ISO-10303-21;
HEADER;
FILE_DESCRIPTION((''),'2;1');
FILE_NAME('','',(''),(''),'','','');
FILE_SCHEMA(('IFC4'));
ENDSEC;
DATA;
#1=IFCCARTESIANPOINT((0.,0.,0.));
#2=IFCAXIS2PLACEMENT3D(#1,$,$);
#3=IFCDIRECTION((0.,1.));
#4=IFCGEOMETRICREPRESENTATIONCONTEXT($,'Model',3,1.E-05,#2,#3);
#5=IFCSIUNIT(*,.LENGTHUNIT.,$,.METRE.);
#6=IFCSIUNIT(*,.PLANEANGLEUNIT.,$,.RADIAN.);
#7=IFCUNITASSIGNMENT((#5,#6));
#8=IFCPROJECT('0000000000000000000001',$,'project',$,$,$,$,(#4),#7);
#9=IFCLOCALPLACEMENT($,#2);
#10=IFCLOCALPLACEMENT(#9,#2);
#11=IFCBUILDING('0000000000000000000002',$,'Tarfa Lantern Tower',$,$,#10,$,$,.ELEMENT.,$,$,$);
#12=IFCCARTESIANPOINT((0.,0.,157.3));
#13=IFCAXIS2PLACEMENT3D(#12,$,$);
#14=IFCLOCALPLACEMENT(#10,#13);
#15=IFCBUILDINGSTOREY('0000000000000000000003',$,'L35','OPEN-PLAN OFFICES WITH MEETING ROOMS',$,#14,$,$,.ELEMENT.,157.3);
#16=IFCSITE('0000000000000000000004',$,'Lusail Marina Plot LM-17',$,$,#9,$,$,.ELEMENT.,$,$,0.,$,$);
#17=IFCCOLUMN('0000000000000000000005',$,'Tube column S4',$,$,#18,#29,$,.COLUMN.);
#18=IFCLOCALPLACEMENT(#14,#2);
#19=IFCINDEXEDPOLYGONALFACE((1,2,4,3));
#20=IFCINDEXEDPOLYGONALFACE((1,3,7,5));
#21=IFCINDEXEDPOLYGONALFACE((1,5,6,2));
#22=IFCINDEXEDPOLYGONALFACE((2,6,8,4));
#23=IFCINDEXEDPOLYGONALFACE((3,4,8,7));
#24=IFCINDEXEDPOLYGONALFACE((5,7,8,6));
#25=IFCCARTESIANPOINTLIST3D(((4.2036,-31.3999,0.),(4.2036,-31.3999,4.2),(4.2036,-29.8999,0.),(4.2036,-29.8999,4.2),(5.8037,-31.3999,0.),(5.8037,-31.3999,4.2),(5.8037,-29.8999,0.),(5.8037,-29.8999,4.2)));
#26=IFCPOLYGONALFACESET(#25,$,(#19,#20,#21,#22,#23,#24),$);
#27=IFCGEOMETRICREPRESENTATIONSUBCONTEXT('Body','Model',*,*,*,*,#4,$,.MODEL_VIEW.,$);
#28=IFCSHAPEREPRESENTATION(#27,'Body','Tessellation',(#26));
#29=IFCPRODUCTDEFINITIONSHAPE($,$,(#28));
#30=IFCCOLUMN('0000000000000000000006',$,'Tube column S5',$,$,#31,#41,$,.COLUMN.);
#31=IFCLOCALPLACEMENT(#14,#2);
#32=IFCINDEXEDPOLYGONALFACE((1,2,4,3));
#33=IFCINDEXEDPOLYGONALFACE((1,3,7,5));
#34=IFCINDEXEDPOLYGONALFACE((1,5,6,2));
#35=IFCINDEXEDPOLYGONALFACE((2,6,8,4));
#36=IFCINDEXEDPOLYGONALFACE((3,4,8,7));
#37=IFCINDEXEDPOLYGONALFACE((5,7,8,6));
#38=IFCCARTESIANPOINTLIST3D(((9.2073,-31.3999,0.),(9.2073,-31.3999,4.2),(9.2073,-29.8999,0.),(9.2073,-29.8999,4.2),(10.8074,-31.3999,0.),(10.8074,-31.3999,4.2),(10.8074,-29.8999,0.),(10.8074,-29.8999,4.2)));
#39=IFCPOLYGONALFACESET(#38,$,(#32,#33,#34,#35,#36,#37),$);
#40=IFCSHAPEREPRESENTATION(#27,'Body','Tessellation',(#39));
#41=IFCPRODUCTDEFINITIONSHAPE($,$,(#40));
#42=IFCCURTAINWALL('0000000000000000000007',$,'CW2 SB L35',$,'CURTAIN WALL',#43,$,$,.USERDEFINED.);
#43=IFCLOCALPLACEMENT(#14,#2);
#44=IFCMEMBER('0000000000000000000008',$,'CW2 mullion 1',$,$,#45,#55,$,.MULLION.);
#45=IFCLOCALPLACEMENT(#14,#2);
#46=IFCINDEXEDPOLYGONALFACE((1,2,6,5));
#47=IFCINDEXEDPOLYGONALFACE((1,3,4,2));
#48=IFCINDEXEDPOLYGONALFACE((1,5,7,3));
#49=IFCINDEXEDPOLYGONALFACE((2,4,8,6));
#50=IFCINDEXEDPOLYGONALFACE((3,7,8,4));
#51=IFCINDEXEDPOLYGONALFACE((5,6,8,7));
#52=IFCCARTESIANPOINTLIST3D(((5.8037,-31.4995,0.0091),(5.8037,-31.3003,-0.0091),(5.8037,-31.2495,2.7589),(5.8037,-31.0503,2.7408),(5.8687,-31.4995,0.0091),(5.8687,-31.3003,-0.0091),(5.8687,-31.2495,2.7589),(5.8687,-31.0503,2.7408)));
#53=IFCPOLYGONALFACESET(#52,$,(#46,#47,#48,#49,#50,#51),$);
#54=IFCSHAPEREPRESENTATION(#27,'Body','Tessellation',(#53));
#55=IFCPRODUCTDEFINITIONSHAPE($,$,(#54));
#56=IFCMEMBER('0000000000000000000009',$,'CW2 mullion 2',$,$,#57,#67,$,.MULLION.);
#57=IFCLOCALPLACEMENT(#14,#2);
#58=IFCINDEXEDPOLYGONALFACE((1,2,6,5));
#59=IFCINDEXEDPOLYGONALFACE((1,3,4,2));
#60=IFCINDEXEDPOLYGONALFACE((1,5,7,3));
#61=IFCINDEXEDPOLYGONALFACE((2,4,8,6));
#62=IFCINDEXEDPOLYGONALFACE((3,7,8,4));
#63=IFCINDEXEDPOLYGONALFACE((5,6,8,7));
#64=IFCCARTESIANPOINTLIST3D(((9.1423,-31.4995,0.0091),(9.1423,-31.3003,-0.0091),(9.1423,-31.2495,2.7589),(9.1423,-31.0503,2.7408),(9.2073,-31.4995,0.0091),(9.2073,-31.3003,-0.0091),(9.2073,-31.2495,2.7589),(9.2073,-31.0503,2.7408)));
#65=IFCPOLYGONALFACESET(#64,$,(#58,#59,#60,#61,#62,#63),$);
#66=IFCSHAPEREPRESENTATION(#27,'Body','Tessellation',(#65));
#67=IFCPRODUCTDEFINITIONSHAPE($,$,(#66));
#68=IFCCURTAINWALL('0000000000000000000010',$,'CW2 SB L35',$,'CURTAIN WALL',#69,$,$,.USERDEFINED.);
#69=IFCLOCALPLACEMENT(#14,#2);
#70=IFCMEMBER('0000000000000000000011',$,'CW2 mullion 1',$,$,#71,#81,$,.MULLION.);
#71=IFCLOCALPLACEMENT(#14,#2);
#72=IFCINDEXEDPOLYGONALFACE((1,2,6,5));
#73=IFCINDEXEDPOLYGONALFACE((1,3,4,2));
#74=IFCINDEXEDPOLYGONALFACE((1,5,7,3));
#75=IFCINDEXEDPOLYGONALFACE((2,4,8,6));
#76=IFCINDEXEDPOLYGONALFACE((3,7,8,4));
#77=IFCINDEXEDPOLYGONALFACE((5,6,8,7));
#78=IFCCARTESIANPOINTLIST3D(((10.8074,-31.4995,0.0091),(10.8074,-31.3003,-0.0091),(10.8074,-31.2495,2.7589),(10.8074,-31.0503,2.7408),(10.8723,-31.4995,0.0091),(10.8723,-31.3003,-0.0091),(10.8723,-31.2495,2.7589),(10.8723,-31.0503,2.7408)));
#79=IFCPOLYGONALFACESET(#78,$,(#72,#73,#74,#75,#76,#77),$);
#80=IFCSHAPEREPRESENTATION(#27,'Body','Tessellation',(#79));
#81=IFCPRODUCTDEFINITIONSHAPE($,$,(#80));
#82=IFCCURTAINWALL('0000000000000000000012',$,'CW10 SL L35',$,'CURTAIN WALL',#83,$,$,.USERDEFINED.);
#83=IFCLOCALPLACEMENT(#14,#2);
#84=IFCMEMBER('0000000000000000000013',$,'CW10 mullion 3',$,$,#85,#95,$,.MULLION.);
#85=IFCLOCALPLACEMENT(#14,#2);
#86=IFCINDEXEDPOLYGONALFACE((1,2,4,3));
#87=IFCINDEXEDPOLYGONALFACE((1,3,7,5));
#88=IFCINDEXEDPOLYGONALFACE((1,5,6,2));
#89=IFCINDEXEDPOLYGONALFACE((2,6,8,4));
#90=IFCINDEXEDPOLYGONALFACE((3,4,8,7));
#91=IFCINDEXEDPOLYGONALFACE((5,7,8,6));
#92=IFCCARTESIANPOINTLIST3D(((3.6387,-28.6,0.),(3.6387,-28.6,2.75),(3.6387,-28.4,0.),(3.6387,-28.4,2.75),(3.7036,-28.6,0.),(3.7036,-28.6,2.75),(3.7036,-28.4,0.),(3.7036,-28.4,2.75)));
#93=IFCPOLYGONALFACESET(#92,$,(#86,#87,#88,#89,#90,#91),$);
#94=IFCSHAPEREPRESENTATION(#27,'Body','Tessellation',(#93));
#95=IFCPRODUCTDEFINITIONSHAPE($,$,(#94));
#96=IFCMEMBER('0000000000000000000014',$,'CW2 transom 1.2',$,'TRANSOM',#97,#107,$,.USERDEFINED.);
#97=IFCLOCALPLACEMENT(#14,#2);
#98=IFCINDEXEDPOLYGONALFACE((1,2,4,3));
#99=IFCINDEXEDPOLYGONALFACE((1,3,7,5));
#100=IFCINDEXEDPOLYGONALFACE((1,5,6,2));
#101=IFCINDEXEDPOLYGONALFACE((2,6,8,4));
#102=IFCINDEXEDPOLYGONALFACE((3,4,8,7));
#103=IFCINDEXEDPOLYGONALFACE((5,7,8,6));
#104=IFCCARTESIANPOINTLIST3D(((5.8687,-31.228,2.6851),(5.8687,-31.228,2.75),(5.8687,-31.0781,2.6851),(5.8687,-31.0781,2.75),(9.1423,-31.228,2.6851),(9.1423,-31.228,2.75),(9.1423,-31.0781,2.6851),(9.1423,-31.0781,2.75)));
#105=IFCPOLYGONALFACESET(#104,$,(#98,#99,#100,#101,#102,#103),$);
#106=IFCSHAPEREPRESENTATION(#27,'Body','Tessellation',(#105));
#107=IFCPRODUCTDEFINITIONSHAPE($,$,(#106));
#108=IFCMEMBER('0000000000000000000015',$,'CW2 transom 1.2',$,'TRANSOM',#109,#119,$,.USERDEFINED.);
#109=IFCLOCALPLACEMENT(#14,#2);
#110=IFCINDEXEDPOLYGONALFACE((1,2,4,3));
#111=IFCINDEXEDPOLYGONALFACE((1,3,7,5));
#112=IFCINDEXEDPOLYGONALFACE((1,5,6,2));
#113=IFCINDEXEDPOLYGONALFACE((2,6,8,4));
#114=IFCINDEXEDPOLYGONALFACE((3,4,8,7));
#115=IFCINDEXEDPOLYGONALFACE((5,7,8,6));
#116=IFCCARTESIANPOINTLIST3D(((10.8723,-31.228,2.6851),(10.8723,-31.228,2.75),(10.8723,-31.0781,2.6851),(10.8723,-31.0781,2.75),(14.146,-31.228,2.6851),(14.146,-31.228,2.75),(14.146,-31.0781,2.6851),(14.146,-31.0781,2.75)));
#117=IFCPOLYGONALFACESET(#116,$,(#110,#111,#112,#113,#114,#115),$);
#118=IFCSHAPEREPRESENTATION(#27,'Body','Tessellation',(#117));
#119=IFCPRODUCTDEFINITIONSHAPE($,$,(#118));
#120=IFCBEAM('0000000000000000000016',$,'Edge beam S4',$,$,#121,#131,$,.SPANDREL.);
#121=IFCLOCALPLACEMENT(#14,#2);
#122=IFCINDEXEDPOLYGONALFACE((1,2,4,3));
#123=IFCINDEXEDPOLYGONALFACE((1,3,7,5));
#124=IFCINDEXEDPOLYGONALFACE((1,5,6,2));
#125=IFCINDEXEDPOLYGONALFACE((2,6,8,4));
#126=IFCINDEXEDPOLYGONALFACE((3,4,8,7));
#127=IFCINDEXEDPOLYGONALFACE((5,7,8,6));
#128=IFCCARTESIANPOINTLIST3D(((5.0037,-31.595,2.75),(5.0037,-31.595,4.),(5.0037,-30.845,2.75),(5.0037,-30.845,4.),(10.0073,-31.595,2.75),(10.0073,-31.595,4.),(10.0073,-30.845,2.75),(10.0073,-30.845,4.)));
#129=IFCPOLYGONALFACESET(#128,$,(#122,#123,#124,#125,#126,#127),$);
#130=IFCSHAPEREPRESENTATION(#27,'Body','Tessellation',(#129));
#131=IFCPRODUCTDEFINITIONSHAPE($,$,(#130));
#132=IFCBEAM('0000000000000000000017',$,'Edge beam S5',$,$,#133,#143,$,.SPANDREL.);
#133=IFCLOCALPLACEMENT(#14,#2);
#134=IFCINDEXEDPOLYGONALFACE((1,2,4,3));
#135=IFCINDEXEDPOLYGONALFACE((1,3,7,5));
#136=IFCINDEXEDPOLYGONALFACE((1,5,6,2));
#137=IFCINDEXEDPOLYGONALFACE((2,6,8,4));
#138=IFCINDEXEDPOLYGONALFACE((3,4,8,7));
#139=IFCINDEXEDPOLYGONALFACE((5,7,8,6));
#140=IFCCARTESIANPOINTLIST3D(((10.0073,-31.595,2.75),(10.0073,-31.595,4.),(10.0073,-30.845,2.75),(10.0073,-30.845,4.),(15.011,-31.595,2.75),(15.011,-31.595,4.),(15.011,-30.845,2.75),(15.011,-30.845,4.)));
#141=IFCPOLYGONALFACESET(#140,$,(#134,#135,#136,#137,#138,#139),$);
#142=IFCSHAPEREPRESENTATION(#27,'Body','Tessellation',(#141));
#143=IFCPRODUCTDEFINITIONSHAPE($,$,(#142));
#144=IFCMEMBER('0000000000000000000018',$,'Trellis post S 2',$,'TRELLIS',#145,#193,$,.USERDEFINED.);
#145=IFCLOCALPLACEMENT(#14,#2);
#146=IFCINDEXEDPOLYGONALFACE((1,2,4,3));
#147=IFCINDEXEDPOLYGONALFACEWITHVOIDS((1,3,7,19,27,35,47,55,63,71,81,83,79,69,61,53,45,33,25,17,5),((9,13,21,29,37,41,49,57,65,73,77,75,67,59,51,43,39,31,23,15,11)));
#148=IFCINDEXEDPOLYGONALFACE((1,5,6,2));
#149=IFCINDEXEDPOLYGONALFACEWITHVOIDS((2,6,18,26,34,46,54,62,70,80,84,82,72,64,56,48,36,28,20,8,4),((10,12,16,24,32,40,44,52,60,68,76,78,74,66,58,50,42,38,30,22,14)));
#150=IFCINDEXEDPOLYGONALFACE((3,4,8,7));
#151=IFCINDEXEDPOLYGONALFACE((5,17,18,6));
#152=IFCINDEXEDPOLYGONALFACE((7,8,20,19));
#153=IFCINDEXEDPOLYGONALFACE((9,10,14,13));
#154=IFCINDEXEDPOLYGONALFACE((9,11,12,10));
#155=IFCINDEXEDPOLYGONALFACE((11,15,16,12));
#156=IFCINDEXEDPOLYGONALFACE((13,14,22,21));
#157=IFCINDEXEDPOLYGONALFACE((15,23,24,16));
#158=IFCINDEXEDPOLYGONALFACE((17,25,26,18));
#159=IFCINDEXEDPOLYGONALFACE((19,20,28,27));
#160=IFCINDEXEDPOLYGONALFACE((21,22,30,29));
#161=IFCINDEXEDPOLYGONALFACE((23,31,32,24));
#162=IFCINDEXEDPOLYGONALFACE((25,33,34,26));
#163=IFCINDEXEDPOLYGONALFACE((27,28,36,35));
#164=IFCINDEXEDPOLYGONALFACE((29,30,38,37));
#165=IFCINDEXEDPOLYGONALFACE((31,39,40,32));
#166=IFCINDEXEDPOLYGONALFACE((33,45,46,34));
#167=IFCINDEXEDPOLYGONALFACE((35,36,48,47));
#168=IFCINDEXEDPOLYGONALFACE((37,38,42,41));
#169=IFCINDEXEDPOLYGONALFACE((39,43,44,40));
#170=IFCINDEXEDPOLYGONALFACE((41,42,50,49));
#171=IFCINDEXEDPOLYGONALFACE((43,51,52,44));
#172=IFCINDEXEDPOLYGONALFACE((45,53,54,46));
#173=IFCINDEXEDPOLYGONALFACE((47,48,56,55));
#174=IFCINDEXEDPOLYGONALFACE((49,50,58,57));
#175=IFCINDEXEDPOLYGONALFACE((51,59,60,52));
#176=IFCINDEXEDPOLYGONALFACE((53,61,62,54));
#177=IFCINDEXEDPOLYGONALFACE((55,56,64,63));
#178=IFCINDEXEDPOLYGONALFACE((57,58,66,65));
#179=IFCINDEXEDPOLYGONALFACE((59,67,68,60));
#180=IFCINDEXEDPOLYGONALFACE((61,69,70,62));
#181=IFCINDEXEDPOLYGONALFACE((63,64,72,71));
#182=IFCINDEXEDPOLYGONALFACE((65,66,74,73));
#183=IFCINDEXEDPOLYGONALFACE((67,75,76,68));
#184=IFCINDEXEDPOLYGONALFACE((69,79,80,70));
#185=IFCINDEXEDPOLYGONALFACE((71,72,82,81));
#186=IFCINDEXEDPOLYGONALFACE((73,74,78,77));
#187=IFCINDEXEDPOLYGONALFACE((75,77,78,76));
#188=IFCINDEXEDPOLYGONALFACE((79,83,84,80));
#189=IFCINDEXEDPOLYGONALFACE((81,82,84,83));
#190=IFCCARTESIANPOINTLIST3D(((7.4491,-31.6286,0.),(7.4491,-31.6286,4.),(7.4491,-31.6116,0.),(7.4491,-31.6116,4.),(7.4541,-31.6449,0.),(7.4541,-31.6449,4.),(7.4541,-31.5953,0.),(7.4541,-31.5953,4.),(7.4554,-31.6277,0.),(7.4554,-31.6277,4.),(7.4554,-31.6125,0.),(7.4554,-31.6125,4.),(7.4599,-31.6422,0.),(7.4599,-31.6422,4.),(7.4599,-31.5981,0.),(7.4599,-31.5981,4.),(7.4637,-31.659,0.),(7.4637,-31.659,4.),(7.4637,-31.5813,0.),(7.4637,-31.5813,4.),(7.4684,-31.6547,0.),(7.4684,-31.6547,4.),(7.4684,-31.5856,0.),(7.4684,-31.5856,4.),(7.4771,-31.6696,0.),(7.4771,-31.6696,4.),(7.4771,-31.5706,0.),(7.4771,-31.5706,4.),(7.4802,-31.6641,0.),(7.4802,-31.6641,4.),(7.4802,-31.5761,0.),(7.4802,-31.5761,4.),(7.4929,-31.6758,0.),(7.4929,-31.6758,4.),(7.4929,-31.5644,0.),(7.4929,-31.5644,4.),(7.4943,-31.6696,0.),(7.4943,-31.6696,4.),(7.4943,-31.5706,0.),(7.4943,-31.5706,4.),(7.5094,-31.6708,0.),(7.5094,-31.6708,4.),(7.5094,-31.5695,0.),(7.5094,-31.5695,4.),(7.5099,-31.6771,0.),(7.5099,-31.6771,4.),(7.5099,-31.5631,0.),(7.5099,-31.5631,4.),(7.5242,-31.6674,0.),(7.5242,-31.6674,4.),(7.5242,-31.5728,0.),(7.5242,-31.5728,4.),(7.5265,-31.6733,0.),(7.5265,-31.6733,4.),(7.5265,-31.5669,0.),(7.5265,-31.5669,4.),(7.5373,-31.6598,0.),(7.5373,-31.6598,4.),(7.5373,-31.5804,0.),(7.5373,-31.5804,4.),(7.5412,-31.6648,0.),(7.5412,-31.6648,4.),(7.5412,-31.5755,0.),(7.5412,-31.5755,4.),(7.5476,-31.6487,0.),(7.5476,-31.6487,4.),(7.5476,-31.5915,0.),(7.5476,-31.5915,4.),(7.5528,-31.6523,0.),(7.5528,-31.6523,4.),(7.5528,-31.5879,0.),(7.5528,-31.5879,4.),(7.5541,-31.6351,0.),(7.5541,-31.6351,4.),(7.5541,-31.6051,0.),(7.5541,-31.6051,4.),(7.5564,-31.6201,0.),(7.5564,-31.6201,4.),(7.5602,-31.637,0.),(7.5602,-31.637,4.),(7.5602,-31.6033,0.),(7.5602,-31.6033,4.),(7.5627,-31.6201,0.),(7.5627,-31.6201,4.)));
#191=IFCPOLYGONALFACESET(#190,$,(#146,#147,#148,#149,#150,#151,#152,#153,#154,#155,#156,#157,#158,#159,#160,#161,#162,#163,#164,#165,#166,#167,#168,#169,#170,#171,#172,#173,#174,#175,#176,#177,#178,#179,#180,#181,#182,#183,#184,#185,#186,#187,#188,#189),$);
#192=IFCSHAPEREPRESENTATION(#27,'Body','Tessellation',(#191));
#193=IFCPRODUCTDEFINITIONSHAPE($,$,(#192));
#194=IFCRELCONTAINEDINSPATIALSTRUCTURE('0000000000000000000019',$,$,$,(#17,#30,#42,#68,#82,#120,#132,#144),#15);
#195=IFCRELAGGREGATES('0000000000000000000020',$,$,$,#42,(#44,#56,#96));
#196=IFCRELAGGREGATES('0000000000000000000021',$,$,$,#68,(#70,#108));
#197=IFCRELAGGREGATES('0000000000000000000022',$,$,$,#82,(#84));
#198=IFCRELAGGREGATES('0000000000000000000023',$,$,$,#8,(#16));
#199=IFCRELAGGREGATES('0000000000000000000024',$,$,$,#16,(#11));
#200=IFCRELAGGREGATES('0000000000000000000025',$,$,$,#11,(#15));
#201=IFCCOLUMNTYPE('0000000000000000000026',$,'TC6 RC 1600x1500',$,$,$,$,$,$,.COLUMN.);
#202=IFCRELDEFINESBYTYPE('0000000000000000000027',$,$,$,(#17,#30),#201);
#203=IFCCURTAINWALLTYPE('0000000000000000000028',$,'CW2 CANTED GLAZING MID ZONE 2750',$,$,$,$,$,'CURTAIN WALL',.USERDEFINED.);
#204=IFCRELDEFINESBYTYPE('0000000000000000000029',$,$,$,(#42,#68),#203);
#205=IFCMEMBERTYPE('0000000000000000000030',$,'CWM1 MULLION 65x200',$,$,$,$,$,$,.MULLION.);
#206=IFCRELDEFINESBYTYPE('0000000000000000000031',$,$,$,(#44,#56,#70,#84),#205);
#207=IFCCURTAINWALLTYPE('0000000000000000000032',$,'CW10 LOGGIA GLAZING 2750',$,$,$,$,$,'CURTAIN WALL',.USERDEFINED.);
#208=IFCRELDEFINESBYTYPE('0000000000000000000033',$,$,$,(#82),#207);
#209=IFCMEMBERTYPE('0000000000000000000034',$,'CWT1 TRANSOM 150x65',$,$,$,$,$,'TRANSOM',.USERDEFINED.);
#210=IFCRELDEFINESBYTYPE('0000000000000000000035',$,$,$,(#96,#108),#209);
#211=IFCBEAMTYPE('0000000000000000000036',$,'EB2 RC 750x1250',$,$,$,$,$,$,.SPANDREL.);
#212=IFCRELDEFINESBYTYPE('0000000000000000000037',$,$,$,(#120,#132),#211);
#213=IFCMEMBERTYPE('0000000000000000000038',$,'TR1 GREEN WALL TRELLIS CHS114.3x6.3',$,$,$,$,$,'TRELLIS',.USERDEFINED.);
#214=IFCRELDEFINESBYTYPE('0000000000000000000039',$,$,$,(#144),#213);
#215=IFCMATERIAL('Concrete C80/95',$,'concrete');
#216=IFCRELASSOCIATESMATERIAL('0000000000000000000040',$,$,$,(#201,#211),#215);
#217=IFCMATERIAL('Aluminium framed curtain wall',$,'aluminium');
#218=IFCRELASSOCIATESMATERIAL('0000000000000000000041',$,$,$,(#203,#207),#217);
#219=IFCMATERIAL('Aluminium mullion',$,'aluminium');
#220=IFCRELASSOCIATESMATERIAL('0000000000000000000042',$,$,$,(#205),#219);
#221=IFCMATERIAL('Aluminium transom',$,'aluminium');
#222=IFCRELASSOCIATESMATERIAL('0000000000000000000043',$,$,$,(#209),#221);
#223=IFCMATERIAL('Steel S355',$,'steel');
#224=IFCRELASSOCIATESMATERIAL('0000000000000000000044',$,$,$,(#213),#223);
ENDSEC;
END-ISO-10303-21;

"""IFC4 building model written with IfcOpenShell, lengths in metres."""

from ifc_helpers import new_model, si_unit, direction, frame, origin, origin_2d, place, context, subcontext, project, spatial, rectangle, hollow_circle, extrude, material, material_profile, profile_set, type_object, element, aggregate, save


model = new_model("IFC4")

# Units and contexts
model_context = context("Model", 3, precision=1e-05, world=origin(), true_north=direction((0.0, 1.0)))
body_context = subcontext(model_context, "Body", "Model", "MODEL_VIEW")
ifc_project = project(units=[si_unit("LENGTHUNIT", "METRE"), si_unit("PLANEANGLEUNIT", "RADIAN")], contexts=[model_context])

# Site, building, storey
site_placement = place(None, origin())
site = spatial("IfcSite", under=ifc_project, at=site_placement, Name="Lusail Marina Plot LM-17", CompositionType="ELEMENT", RefElevation=0.0)
building_placement = place(site_placement, origin())
building = spatial("IfcBuilding", under=site, at=building_placement, Name="Tarfa Lantern Tower", CompositionType="ELEMENT")
storey_placement = place(building_placement, frame((0.0, 0.0, 157.3)))
storey = spatial("IfcBuildingStorey", under=building, at=storey_placement, Name="L35", Description="OPEN-PLAN OFFICES WITH MEETING ROOMS", CompositionType="ELEMENT", Elevation=157.3)

# Columns
ifc_material_1 = material(Name="Concrete C80/95", Category="concrete")
ifc_material_profile_1 = material_profile(ifc_material_1, rectangle(XDim=1.6001, YDim=1.5, at=origin_2d()), Name="RC 1600x1500")
ifc_profile_set_1 = profile_set([ifc_material_profile_1], Name="Concrete C80/95")
column_type = type_object("IfcColumnType", Name="TC6 RC 1600x1500", PredefinedType="COLUMN", material=ifc_profile_set_1)
for number, where, z_axis, x_axis, name in (
    (1, (5.0037, -30.6499, 0.0), (0.0, 0.0, 1.0), (1.0, 0.0, 0.0), "Tube column S4"),
    (2, (10.0073, -30.6499, 0.0), (0.0, 0.0, 1.0), (1.0, 0.0, 0.0), "Tube column S5"),
):
    element("IfcColumn", number, at=place(storey_placement, frame(where, z_axis=z_axis, x_axis=x_axis)), inside=storey, type_object=column_type, Name=name, PredefinedType="COLUMN", context=body_context, shape_type="SweptSolid", body=[
        extrude(rectangle(XDim=1.6001, YDim=1.5, at=origin_2d()), origin(), (0.0, 0.0, 1.0), 4.2),
    ])

# Curtain wall, members
ifc_material_2 = material(Name="Aluminium framed curtain wall", Category="aluminium")
curtain_wall_type_1 = type_object("IfcCurtainWallType", Name="CW2 CANTED GLAZING MID ZONE 2750", ElementType="CURTAIN WALL", PredefinedType="USERDEFINED", material=ifc_material_2)
curtain_wall_1_placement = place(storey_placement, origin())
curtain_wall_1 = element("IfcCurtainWall", 3, at=curtain_wall_1_placement, inside=storey, type_object=curtain_wall_type_1, Name="CW2 SB L35", ObjectType="CURTAIN WALL", PredefinedType="USERDEFINED")
ifc_material_3 = material(Name="Aluminium mullion", Category="aluminium")
ifc_material_profile_2 = material_profile(ifc_material_3, rectangle(XDim=0.0649, YDim=0.2, at=origin_2d()), Name="AL MULLION 65x200")
ifc_profile_set_2 = profile_set([ifc_material_profile_2], Name="Aluminium mullion")
member_type_1 = type_object("IfcMemberType", Name="CWM1 MULLION 65x200", PredefinedType="MULLION", material=ifc_profile_set_2)
member_1_placement = place(storey_placement, frame((5.8362, -31.3999, 0.0), z_axis=(0.0, 0.090536, 0.995893), x_axis=(-1.0, 0.0, 0.0)))
member_1 = element("IfcMember", 4, at=member_1_placement, type_object=member_type_1, Name="CW2 mullion 1", PredefinedType="MULLION", context=body_context, shape_type="SweptSolid", body=[
    extrude(rectangle(XDim=0.0649, YDim=0.2, at=origin_2d()), origin(), (0.0, 0.0, 1.0), 2.7612),
])
member_2_placement = place(storey_placement, frame((9.1748, -31.3999, 0.0), z_axis=(0.0, 0.090536, 0.995893), x_axis=(-1.0, 0.0, 0.0)))
member_2 = element("IfcMember", 5, at=member_2_placement, type_object=member_type_1, Name="CW2 mullion 2", PredefinedType="MULLION", context=body_context, shape_type="SweptSolid", body=[
    extrude(rectangle(XDim=0.0649, YDim=0.2, at=origin_2d()), origin(), (0.0, 0.0, 1.0), 2.7612),
])

# Curtain walls, members
curtain_wall_2_placement = place(storey_placement, origin())
curtain_wall_2 = element("IfcCurtainWall", 6, at=curtain_wall_2_placement, inside=storey, type_object=curtain_wall_type_1, Name="CW2 SB L35", ObjectType="CURTAIN WALL", PredefinedType="USERDEFINED")
member_3_placement = place(storey_placement, frame((10.8398, -31.3999, 0.0), z_axis=(0.0, 0.090536, 0.995893), x_axis=(-1.0, 0.0, 0.0)))
member_3 = element("IfcMember", 7, at=member_3_placement, type_object=member_type_1, Name="CW2 mullion 1", PredefinedType="MULLION", context=body_context, shape_type="SweptSolid", body=[
    extrude(rectangle(XDim=0.0649, YDim=0.2, at=origin_2d()), origin(), (0.0, 0.0, 1.0), 2.7612),
])
curtain_wall_type_2 = type_object("IfcCurtainWallType", Name="CW10 LOGGIA GLAZING 2750", ElementType="CURTAIN WALL", PredefinedType="USERDEFINED", material=ifc_material_2)
curtain_wall_3_placement = place(storey_placement, origin())
curtain_wall_3 = element("IfcCurtainWall", 8, at=curtain_wall_3_placement, inside=storey, type_object=curtain_wall_type_2, Name="CW10 SL L35", ObjectType="CURTAIN WALL", PredefinedType="USERDEFINED")
member_4_placement = place(storey_placement, frame((3.6711, -28.5, 0.0), z_axis=(0.0, 0.0, 1.0), x_axis=(1.0, 0.0, 0.0)))
member_4 = element("IfcMember", 9, at=member_4_placement, type_object=member_type_1, Name="CW10 mullion 3", PredefinedType="MULLION", context=body_context, shape_type="SweptSolid", body=[
    extrude(rectangle(XDim=0.0649, YDim=0.2, at=origin_2d()), origin(), (0.0, 0.0, 1.0), 2.75),
])

# Members
ifc_material_4 = material(Name="Aluminium transom", Category="aluminium")
ifc_material_profile_3 = material_profile(ifc_material_4, rectangle(XDim=0.1499, YDim=0.0649, at=origin_2d()), Name="AL TRANSOM 150x65")
ifc_profile_set_3 = profile_set([ifc_material_profile_3], Name="Aluminium transom")
member_type_2 = type_object("IfcMemberType", Name="CWT1 TRANSOM 150x65", ElementType="TRANSOM", PredefinedType="USERDEFINED", material=ifc_profile_set_3)
member_5_placement = place(storey_placement, frame((5.8687, -31.1531, 2.7175), z_axis=(1.0, 0.0, 0.0), x_axis=(0.0, 1.0, 0.0)))
member_5 = element("IfcMember", 10, at=member_5_placement, type_object=member_type_2, Name="CW2 transom 1.2", ObjectType="TRANSOM", PredefinedType="USERDEFINED", context=body_context, shape_type="SweptSolid", body=[
    extrude(rectangle(XDim=0.1499, YDim=0.0649, at=origin_2d()), origin(), (0.0, 0.0, 1.0), 3.2737),
])
member_6_placement = place(storey_placement, frame((10.8723, -31.1531, 2.7175), z_axis=(1.0, 0.0, 0.0), x_axis=(0.0, 1.0, 0.0)))
member_6 = element("IfcMember", 11, at=member_6_placement, type_object=member_type_2, Name="CW2 transom 1.2", ObjectType="TRANSOM", PredefinedType="USERDEFINED", context=body_context, shape_type="SweptSolid", body=[
    extrude(rectangle(XDim=0.1499, YDim=0.0649, at=origin_2d()), origin(), (0.0, 0.0, 1.0), 3.2737),
])

# Beams
ifc_material_profile_4 = material_profile(ifc_material_1, rectangle(XDim=0.75, YDim=1.25, at=origin_2d()), Name="RC 750x1250")
ifc_profile_set_4 = profile_set([ifc_material_profile_4], Name="Concrete C80/95")
beam_type_1 = type_object("IfcBeamType", Name="EB2 RC 750x1250", PredefinedType="SPANDREL", material=ifc_profile_set_4)
for number, where, z_axis, x_axis, name in (
    (12, (5.0037, -31.22, 3.375), (1.0, 0.0, 0.0), (0.0, 1.0, 0.0), "Edge beam S4"),
    (13, (10.0073, -31.22, 3.375), (1.0, 0.0, 0.0), (0.0, 1.0, 0.0), "Edge beam S5"),
):
    element("IfcBeam", number, at=place(storey_placement, frame(where, z_axis=z_axis, x_axis=x_axis)), inside=storey, type_object=beam_type_1, Name=name, PredefinedType="SPANDREL", context=body_context, shape_type="SweptSolid", body=[
        extrude(rectangle(XDim=0.75, YDim=1.25, at=origin_2d()), origin(), (0.0, 0.0, 1.0), 5.0037),
    ])

# Member
ifc_material_5 = material(Name="Steel S355", Category="steel")
ifc_material_profile_5 = material_profile(ifc_material_5, hollow_circle(Radius=0.0571, WallThickness=0.0063, at=origin_2d()), Name="CHS114.3x6.3")
ifc_profile_set_5 = profile_set([ifc_material_profile_5], Name="Steel S355")
member_type_3 = type_object("IfcMemberType", Name="TR1 GREEN WALL TRELLIS CHS114.3x6.3", ElementType="TRELLIS", PredefinedType="USERDEFINED", material=ifc_profile_set_5)
member_7_placement = place(storey_placement, frame((7.5056, -31.6201, 0.0), z_axis=(0.0, 0.0, 1.0), x_axis=(1.0, 0.0, 0.0)))
element("IfcMember", 14, at=member_7_placement, inside=storey, type_object=member_type_3, Name="Trellis post S 2", ObjectType="TRELLIS", PredefinedType="USERDEFINED", context=body_context, shape_type="SweptSolid", body=[
    extrude(hollow_circle(Radius=0.0571, WallThickness=0.0063, at=origin_2d()), origin(), (0.0, 0.0, 1.0), 4.0),
])

aggregate(curtain_wall_1, [member_1, member_2, member_5])
aggregate(curtain_wall_2, [member_3, member_6])
aggregate(curtain_wall_3, [member_4])

save(model, "model.ifc")
